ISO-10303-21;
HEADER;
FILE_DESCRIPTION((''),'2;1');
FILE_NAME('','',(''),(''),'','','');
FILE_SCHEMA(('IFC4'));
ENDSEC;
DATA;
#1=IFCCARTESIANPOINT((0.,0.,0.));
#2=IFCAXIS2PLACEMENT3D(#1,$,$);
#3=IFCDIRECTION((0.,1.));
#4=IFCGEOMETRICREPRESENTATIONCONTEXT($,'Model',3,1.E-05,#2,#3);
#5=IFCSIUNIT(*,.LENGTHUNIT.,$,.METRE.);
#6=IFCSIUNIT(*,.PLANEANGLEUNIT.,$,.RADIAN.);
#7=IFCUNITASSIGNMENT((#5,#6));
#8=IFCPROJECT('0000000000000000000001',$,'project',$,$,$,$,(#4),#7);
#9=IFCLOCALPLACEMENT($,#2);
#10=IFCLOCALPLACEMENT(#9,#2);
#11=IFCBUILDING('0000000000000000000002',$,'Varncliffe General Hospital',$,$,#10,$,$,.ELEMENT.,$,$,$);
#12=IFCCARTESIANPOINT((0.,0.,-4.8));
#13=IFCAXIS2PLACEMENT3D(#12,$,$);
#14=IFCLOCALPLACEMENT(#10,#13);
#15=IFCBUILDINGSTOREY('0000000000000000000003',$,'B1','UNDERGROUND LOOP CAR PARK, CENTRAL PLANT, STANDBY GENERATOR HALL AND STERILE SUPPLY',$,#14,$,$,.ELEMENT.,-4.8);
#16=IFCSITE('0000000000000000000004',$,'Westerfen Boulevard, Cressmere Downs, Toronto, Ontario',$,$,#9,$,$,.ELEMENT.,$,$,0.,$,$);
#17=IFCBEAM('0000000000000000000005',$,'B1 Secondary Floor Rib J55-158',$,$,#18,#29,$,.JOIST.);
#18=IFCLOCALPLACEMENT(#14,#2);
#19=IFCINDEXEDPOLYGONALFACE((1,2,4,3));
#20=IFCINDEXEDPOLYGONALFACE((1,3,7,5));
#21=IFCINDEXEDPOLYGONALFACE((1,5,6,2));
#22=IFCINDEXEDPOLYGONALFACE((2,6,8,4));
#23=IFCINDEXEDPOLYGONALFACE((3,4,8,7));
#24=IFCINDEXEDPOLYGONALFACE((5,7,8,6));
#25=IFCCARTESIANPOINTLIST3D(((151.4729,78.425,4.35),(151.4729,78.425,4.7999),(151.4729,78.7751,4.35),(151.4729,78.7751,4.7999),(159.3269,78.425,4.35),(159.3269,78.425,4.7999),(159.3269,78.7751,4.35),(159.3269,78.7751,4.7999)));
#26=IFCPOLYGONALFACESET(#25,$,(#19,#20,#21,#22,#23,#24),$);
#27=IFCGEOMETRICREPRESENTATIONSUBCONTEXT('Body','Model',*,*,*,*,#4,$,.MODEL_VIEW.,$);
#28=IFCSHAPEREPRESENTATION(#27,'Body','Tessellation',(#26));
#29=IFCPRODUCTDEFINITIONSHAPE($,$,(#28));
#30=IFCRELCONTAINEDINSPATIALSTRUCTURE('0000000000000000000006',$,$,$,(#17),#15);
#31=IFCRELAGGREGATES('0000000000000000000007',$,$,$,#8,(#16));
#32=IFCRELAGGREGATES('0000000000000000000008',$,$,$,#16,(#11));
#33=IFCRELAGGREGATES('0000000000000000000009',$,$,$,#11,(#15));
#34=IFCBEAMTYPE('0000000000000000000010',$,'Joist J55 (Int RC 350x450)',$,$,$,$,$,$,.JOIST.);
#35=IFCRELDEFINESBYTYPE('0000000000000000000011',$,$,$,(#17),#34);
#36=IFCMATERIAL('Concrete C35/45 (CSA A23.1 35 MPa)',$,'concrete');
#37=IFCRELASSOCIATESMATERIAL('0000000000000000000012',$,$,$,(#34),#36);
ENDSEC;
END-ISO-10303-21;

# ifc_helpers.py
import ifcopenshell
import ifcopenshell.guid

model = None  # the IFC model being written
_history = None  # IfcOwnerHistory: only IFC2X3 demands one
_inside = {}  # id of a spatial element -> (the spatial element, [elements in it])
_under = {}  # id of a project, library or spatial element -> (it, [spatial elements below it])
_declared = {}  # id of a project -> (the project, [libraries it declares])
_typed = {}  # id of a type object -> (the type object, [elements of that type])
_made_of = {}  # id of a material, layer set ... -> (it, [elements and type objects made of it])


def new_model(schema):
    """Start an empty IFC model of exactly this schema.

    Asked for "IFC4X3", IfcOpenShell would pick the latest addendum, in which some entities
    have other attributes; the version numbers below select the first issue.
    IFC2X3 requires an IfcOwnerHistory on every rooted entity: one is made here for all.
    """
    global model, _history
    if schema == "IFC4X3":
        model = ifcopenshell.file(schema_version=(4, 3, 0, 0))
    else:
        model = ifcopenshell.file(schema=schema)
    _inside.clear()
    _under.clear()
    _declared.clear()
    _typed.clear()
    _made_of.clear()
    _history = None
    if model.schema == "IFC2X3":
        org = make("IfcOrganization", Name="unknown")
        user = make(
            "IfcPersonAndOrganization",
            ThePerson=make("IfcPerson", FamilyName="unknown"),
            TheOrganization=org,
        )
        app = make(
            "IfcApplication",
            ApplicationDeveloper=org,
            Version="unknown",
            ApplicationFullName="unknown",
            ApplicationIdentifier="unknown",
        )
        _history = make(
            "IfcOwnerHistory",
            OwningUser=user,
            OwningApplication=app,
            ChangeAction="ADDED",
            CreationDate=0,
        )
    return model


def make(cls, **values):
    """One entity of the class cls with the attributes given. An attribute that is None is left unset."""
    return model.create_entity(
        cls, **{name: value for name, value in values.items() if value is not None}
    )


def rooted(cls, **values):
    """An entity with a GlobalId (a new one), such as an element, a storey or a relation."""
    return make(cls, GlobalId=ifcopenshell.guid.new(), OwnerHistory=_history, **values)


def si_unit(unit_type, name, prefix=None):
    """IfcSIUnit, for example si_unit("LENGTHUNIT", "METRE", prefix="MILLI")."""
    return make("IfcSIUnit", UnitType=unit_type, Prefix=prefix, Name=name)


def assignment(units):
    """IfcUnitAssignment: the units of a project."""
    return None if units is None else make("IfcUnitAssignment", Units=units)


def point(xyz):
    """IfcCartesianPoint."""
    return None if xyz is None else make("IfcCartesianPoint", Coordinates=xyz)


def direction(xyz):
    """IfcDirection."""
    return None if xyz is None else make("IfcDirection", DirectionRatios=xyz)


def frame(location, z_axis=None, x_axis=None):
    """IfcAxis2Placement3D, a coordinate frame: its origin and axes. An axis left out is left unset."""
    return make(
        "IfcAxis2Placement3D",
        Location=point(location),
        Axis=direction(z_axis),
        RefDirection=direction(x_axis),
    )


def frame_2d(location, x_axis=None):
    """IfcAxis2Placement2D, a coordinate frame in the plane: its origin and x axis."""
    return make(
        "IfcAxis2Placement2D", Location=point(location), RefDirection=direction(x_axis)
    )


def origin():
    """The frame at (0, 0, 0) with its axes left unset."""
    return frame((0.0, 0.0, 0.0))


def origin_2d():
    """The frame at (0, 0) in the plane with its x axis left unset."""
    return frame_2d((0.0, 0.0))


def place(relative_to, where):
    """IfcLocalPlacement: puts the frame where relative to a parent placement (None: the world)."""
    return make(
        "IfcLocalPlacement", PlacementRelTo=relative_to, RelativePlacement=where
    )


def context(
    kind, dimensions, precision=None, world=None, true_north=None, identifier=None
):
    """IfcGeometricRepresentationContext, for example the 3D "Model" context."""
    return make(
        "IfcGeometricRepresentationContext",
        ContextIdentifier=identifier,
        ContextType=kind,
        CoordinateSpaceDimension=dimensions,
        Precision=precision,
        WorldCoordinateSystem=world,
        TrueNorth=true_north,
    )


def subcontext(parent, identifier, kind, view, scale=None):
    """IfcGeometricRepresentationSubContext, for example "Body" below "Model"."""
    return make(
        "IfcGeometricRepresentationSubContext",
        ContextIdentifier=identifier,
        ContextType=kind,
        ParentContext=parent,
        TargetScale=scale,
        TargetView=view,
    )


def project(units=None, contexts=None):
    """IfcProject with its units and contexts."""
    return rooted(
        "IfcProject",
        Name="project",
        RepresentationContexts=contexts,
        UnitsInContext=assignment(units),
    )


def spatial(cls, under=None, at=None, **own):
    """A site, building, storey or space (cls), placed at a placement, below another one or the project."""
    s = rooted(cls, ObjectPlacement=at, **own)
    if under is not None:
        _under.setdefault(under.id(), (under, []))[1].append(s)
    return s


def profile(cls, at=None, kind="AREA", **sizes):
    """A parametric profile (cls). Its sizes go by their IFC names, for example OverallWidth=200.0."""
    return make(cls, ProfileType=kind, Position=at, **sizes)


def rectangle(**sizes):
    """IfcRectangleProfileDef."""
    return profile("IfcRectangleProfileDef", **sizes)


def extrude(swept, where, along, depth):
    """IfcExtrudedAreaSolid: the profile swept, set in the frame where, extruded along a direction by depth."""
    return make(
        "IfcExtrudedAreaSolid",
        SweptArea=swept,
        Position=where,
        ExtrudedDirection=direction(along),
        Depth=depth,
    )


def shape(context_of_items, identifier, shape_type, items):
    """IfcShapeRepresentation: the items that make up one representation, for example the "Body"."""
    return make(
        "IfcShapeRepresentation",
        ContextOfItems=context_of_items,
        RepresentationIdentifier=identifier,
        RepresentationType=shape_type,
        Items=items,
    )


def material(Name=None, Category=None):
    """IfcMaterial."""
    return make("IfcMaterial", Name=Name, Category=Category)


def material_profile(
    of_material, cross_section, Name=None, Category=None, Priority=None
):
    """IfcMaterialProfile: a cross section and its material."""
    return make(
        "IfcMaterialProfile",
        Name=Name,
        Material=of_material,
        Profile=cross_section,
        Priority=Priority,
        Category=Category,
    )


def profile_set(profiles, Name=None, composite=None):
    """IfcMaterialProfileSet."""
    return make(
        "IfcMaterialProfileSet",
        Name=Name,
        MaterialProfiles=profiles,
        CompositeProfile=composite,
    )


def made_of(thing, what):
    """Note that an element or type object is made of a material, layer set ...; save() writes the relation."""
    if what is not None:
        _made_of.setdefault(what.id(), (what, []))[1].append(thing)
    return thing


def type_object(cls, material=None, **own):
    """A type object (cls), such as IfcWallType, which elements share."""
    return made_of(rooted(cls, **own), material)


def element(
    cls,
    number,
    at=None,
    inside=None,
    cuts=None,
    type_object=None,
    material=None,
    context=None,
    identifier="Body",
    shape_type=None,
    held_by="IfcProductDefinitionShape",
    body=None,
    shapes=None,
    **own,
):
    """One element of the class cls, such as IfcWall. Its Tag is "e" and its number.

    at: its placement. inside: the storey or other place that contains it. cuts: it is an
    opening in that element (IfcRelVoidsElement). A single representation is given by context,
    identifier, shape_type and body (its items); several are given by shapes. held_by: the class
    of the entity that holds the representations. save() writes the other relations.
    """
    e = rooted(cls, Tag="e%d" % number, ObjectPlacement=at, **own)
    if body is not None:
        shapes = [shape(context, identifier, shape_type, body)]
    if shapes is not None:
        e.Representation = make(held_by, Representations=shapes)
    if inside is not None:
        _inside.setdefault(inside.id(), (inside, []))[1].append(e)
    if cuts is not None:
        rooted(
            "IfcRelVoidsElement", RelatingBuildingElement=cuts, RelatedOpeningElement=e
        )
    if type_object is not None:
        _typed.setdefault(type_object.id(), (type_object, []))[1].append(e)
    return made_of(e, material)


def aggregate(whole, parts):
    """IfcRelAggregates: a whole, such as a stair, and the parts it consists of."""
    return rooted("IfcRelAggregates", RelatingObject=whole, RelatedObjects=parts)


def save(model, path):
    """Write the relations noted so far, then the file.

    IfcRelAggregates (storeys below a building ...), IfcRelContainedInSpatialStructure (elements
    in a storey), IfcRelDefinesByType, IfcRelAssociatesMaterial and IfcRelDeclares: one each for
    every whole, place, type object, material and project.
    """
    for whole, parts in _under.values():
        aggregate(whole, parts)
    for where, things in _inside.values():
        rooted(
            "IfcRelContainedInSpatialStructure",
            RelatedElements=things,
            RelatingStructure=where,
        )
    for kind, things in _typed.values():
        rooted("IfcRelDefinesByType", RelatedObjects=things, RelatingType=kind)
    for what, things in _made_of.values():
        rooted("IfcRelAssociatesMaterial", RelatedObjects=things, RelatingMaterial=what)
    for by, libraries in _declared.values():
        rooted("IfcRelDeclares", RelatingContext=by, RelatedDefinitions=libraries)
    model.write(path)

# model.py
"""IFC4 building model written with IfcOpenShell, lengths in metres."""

from ifc_helpers import new_model, si_unit, direction, frame, origin, origin_2d, place, context, subcontext, project, spatial, rectangle, extrude, material, material_profile, profile_set, type_object, element, save


model = new_model("IFC4")

# Units and contexts
model_context = context("Model", 3, precision=1e-05, world=origin(), true_north=direction((0.0, 1.0)))
body_context = subcontext(model_context, "Body", "Model", "MODEL_VIEW")
ifc_project = project(units=[si_unit("LENGTHUNIT", "METRE"), si_unit("PLANEANGLEUNIT", "RADIAN")], contexts=[model_context])

# Site, building, storey
site_placement = place(None, origin())
site = spatial("IfcSite", under=ifc_project, at=site_placement, Name="Westerfen Boulevard, Cressmere Downs, Toronto, Ontario", CompositionType="ELEMENT", RefElevation=0.0)
building_placement = place(site_placement, origin())
building = spatial("IfcBuilding", under=site, at=building_placement, Name="Varncliffe General Hospital", CompositionType="ELEMENT")
storey_placement = place(building_placement, frame((0.0, 0.0, -4.8)))
storey = spatial("IfcBuildingStorey", under=building, at=storey_placement, Name="B1", Description="UNDERGROUND LOOP CAR PARK, CENTRAL PLANT, STANDBY GENERATOR HALL AND STERILE SUPPLY", CompositionType="ELEMENT", Elevation=-4.8)

# Beam
ifc_material_1 = material(Name="Concrete C35/45 (CSA A23.1 35 MPa)", Category="concrete")
ifc_material_profile_1 = material_profile(ifc_material_1, rectangle(XDim=0.3501, YDim=0.45, at=origin_2d()), Name="RC 350x450")
ifc_profile_set_1 = profile_set([ifc_material_profile_1], Name="Concrete C35/45 (CSA A23.1 35 MPa)")
beam_type_1 = type_object("IfcBeamType", Name="Joist J55 (Int RC 350x450)", PredefinedType="JOIST", material=ifc_profile_set_1)
for number, where, z_axis, x_axis, name in (
    (1, (151.4729, 78.6001, 4.575), (1.0, 0.0, 0.0), (0.0, 1.0, 0.0), "B1 Secondary Floor Rib J55-158"),
):
    element("IfcBeam", number, at=place(storey_placement, frame(where, z_axis=z_axis, x_axis=x_axis)), inside=storey, type_object=beam_type_1, Name=name, PredefinedType="JOIST", context=body_context, shape_type="SweptSolid", body=[
        extrude(rectangle(XDim=0.3501, YDim=0.45, at=origin_2d()), origin(), (0.0, 0.0, 1.0), 7.854),
    ])

save(model, "model.ifc")
